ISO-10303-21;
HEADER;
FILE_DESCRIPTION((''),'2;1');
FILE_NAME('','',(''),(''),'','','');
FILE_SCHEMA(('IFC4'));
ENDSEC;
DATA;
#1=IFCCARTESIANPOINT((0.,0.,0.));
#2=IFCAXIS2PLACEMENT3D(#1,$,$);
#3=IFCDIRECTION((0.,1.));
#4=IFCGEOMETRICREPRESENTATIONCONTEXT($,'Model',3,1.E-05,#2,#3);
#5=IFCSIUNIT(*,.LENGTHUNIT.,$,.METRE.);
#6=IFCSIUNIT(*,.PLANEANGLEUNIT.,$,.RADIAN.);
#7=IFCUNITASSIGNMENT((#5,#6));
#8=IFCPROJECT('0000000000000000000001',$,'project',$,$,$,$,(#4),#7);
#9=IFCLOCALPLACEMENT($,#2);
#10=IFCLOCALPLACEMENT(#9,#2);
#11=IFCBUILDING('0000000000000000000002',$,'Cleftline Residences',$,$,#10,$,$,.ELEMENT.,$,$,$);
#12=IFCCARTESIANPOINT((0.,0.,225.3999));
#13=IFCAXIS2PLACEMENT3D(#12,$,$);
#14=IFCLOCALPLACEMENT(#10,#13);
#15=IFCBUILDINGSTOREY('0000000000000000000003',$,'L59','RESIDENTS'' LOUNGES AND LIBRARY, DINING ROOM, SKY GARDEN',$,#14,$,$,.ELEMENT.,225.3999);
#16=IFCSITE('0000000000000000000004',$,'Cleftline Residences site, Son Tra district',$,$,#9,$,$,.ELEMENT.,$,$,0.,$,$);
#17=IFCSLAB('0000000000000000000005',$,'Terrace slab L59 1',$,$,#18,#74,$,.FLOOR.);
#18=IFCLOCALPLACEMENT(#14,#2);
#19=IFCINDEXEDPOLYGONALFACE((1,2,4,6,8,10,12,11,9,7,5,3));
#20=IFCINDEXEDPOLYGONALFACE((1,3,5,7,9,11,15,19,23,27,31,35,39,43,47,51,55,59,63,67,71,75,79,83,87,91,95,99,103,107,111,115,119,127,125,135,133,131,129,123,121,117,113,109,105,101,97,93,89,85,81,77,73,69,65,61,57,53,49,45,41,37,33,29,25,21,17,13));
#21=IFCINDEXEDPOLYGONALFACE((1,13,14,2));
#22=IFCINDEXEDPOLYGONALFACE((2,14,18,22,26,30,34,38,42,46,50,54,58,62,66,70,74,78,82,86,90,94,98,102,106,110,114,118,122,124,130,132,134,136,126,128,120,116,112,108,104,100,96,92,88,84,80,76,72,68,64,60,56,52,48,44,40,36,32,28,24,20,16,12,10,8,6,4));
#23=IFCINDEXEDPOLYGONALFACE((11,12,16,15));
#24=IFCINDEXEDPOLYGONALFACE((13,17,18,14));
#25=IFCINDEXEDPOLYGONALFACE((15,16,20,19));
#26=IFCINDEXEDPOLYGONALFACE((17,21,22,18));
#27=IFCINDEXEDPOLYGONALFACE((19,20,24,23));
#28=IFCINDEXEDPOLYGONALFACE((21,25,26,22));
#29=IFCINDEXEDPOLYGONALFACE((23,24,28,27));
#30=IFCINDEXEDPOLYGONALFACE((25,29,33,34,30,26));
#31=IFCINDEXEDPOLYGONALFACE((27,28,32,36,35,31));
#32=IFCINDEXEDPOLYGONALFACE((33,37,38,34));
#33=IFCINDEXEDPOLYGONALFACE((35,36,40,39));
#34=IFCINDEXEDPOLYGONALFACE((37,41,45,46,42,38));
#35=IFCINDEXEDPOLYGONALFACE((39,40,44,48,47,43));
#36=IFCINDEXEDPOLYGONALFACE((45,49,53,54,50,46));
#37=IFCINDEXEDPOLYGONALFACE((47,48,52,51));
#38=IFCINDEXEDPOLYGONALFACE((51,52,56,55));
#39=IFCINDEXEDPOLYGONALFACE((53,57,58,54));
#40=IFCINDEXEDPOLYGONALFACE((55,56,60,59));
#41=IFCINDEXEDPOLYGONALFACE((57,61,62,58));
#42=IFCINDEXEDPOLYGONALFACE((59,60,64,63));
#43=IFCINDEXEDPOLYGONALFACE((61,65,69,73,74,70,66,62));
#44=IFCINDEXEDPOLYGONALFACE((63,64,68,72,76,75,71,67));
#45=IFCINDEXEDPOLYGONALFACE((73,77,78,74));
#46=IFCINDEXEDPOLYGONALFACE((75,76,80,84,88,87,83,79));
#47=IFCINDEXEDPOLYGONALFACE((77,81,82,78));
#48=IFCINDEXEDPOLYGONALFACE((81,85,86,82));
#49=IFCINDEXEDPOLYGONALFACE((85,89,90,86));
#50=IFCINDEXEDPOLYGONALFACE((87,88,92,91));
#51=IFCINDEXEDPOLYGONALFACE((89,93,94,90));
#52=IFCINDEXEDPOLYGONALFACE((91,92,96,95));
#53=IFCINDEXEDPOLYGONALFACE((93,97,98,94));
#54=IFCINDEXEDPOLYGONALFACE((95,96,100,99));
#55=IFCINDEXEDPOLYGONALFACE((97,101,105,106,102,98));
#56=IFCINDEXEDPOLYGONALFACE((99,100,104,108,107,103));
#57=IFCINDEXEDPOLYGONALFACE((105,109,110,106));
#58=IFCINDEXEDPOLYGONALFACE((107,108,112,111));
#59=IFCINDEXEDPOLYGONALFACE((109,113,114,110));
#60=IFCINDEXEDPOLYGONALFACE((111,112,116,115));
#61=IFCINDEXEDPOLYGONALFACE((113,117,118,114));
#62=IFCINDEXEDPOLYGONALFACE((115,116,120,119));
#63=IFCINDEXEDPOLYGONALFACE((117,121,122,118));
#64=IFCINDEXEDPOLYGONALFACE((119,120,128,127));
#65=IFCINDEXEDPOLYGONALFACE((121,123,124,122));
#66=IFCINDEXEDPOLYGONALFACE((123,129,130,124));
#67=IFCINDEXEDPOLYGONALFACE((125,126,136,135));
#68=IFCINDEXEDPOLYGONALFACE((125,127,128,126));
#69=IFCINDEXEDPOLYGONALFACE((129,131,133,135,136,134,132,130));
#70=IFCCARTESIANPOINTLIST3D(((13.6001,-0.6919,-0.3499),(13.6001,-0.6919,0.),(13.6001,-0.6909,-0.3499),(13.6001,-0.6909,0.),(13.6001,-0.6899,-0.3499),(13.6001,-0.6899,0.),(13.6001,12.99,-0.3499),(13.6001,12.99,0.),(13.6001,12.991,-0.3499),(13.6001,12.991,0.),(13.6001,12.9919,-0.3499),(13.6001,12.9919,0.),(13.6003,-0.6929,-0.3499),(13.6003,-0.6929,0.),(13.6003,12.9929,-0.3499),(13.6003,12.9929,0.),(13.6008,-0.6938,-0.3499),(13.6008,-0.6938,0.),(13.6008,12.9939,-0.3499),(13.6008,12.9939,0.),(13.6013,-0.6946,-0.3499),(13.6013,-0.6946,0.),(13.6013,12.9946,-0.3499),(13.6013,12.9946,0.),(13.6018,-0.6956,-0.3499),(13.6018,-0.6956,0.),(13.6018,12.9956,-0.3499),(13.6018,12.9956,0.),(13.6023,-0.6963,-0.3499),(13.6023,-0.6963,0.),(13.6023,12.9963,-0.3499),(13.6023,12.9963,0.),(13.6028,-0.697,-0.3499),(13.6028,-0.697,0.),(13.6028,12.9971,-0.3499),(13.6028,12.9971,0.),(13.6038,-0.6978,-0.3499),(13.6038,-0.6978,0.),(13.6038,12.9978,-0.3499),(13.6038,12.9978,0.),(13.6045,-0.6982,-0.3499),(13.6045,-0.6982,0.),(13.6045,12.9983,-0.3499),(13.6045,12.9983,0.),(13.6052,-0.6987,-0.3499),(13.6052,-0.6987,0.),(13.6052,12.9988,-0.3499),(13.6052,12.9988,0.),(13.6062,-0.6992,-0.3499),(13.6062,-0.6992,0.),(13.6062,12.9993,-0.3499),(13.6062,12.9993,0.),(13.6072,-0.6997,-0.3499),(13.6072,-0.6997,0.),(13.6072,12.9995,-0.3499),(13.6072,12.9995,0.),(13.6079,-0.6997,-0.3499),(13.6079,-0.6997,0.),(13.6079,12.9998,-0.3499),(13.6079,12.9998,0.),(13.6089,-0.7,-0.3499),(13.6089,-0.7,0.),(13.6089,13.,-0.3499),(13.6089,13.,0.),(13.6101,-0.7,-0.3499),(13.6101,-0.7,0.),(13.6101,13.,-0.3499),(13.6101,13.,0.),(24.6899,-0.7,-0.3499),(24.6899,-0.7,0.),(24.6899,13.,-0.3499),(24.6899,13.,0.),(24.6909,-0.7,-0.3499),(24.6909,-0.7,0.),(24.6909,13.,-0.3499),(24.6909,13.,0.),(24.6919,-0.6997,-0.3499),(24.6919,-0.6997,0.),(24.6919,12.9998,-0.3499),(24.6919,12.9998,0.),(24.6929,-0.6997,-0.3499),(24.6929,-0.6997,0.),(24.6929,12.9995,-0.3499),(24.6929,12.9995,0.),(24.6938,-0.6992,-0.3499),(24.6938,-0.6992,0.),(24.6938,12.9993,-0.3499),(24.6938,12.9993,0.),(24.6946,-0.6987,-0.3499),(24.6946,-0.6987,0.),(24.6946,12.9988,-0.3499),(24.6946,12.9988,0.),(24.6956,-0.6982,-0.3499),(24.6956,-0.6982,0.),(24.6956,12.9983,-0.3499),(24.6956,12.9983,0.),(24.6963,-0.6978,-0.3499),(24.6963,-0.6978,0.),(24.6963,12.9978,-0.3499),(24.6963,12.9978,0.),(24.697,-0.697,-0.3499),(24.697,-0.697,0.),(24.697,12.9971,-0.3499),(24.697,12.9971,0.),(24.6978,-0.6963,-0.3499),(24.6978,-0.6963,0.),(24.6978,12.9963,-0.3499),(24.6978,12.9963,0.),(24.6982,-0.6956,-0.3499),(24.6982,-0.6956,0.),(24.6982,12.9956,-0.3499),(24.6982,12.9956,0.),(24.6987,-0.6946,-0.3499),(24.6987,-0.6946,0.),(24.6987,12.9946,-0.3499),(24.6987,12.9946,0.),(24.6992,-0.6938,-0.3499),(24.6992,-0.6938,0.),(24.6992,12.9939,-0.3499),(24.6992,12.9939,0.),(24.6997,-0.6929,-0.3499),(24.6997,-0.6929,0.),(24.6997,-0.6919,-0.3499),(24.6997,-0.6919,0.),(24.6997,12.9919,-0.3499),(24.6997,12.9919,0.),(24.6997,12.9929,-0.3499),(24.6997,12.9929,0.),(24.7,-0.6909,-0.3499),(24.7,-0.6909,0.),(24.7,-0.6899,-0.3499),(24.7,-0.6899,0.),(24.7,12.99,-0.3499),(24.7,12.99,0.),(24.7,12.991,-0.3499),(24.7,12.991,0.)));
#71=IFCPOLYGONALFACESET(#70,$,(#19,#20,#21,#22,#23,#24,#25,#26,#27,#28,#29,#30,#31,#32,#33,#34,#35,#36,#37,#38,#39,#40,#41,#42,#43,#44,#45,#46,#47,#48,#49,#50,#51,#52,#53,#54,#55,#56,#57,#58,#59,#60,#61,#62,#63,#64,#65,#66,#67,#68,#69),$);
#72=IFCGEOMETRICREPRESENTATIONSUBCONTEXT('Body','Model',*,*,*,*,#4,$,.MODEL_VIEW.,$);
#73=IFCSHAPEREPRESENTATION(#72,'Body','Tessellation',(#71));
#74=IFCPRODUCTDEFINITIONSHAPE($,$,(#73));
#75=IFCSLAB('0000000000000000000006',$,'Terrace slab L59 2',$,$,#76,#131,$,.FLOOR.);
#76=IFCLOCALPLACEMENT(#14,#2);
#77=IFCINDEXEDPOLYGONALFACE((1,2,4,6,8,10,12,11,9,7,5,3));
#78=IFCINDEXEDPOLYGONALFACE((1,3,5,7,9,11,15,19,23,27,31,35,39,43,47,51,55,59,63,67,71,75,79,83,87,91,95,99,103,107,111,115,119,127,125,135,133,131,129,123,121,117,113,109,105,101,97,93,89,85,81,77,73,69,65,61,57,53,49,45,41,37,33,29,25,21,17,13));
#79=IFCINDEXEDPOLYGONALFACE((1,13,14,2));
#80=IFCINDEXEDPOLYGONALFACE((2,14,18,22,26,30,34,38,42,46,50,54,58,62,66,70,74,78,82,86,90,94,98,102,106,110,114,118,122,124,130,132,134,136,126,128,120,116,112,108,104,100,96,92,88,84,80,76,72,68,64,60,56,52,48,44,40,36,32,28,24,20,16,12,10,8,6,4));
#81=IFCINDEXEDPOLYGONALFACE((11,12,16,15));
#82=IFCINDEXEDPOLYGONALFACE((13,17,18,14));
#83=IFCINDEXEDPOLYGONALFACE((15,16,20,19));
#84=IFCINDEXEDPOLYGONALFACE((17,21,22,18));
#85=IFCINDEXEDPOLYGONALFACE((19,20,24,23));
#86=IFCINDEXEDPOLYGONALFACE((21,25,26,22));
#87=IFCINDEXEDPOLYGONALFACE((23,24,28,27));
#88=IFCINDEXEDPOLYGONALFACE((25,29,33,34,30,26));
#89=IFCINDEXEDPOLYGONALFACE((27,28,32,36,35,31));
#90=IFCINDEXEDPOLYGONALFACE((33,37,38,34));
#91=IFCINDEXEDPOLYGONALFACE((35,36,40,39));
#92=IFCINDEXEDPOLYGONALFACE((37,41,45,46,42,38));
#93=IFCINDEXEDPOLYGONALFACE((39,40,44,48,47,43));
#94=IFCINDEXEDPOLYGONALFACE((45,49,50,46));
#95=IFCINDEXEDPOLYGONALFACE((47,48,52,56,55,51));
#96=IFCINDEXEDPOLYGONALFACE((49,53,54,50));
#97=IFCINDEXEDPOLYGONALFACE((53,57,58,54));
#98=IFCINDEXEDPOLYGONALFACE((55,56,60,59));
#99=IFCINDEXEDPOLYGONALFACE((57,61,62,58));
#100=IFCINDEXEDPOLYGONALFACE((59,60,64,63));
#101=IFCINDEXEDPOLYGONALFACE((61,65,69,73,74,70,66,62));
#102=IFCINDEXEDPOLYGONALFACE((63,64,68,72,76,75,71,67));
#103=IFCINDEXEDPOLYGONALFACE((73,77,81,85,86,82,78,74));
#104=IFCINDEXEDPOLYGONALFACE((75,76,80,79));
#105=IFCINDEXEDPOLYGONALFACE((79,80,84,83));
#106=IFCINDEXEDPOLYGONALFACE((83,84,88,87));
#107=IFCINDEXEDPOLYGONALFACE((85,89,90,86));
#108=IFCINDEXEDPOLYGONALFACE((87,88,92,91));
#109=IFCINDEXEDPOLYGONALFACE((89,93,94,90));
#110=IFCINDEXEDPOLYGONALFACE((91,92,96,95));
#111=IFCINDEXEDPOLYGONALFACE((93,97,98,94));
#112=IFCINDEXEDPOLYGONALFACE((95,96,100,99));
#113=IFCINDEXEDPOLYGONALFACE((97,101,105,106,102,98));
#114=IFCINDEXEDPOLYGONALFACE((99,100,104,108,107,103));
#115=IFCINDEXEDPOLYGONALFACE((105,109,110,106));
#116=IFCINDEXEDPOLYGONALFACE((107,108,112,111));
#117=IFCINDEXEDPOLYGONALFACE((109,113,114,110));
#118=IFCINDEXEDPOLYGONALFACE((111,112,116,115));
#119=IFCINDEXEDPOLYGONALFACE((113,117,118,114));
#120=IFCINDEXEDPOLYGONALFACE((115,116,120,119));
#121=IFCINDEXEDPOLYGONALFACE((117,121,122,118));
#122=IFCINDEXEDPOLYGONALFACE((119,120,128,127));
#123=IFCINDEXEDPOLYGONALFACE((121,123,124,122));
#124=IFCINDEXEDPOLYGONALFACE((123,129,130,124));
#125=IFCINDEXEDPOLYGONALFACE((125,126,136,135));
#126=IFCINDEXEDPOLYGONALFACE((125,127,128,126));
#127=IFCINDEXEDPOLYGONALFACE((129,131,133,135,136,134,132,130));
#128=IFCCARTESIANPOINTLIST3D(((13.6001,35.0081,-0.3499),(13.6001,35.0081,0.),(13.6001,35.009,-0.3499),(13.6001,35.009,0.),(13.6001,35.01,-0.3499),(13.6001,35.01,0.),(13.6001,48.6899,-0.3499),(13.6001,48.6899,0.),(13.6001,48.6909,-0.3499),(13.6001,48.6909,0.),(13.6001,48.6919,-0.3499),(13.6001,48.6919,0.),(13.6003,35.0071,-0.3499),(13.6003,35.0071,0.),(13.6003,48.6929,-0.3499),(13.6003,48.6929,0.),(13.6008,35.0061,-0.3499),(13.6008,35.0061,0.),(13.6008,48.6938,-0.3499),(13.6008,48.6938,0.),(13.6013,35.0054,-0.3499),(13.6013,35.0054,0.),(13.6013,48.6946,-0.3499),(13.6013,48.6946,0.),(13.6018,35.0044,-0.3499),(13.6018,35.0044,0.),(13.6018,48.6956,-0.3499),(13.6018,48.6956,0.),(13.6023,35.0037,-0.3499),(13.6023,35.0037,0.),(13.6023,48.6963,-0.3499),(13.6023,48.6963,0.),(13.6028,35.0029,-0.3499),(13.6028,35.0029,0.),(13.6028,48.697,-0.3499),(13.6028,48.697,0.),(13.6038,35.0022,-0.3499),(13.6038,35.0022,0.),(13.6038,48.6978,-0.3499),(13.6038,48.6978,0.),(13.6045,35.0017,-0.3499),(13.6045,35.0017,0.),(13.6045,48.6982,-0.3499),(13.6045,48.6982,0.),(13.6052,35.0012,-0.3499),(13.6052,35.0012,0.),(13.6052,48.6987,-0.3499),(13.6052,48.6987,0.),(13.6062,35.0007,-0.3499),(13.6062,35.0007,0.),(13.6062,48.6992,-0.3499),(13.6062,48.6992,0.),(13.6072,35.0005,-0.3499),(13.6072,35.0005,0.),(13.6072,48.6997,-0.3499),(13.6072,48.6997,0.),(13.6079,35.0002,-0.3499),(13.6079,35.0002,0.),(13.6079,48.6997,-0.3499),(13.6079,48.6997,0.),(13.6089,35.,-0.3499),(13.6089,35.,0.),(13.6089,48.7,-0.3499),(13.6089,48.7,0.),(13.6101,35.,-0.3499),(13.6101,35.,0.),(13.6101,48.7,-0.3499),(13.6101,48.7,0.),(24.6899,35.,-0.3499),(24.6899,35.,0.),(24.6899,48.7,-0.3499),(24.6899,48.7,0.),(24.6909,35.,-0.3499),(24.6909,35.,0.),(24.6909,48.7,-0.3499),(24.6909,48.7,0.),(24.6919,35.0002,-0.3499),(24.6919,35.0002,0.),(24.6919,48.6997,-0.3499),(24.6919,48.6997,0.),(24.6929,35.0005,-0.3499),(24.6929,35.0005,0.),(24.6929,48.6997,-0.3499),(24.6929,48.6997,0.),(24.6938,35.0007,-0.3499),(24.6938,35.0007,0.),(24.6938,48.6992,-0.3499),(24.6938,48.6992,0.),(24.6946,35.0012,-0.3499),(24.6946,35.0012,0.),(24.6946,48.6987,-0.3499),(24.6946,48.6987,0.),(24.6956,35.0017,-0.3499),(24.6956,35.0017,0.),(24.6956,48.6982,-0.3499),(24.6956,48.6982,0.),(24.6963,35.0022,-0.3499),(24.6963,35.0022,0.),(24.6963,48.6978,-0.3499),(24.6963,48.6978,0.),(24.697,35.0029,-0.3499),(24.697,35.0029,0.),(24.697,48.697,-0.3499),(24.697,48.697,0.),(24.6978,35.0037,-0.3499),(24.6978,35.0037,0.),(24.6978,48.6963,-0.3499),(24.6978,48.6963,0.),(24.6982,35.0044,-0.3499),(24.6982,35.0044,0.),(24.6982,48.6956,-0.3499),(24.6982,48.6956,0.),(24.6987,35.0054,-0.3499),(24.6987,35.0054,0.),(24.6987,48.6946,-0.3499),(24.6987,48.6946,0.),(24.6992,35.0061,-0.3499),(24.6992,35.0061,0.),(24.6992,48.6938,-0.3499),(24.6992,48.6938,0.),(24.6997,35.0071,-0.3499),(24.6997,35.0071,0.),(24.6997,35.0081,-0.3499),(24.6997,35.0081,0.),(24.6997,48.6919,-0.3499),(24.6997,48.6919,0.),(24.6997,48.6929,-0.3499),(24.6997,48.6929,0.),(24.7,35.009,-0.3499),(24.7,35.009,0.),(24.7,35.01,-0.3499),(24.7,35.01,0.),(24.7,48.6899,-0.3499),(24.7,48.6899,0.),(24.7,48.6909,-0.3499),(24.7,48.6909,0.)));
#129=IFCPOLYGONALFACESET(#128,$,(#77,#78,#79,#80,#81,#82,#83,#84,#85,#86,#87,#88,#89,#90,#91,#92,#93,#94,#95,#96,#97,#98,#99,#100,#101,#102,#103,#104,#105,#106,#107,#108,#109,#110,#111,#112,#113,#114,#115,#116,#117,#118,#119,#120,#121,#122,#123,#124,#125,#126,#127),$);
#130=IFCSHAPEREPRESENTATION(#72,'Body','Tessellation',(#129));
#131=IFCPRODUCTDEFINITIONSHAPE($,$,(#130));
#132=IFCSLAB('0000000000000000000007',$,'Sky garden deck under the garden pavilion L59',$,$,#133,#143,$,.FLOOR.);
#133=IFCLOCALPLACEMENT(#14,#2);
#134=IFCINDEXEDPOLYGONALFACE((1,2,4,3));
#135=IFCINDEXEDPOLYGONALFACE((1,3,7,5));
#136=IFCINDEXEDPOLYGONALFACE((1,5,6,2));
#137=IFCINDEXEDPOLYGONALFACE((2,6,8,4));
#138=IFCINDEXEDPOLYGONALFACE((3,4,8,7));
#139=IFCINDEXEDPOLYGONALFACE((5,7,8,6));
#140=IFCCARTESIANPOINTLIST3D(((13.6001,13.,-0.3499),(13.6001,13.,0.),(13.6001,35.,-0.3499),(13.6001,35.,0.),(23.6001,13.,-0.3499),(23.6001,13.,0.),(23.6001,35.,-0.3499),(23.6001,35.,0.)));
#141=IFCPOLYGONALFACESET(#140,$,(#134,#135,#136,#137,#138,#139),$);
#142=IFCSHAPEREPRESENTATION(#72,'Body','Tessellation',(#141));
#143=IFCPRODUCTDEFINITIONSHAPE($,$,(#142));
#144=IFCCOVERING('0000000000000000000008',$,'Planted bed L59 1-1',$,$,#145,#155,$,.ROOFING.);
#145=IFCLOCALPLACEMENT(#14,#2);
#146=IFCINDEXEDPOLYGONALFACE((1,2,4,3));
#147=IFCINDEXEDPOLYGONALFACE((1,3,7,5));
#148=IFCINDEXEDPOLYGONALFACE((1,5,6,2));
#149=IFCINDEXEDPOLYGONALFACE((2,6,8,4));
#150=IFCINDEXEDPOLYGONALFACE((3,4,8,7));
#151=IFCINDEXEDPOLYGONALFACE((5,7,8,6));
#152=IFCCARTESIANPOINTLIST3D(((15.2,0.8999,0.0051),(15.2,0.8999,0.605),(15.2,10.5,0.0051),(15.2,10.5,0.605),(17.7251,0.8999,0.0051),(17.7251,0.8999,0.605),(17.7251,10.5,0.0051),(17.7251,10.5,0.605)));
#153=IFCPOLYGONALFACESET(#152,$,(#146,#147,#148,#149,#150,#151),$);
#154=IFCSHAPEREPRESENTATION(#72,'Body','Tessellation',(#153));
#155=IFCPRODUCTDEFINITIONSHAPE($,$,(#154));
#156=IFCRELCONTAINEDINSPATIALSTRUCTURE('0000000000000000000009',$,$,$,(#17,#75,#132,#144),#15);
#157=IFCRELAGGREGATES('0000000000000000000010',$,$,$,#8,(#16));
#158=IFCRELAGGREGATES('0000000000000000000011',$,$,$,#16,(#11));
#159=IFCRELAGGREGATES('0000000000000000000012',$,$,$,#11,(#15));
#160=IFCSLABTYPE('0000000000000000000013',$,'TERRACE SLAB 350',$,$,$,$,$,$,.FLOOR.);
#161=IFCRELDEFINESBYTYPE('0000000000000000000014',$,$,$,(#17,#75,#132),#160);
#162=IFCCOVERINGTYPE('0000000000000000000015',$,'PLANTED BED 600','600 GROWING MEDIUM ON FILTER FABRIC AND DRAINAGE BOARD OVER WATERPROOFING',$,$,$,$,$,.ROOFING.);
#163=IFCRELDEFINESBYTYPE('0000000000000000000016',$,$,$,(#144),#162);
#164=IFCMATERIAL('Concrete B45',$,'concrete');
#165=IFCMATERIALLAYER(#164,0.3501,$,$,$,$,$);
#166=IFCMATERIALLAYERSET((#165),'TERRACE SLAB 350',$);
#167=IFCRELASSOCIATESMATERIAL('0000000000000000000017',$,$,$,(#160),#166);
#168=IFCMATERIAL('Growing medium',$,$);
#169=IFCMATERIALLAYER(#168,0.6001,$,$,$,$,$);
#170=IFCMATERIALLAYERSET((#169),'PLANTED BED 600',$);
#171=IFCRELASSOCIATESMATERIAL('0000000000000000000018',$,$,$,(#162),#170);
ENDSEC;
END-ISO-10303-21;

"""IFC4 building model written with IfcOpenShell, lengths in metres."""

from ifc_helpers import new_model, si_unit, direction, frame, origin, place, context, subcontext, project, spatial, polyline, outline, extrude, material, layer, layer_set, type_object, element, save


model = new_model("IFC4")

# Units and contexts
model_context = context("Model", 3, precision=1e-05, world=origin(), true_north=direction((0.0, 1.0)))
body_context = subcontext(model_context, "Body", "Model", "MODEL_VIEW")
ifc_project = project(units=[si_unit("LENGTHUNIT", "METRE"), si_unit("PLANEANGLEUNIT", "RADIAN")], contexts=[model_context])

# Site, building, storey
site_placement = place(None, origin())
site = spatial("IfcSite", under=ifc_project, at=site_placement, Name="Cleftline Residences site, Son Tra district", CompositionType="ELEMENT", RefElevation=0.0)
building_placement = place(site_placement, origin())
building = spatial("IfcBuilding", under=site, at=building_placement, Name="Cleftline Residences", CompositionType="ELEMENT")
storey_placement = place(building_placement, frame((0.0, 0.0, 225.3999)))
storey = spatial("IfcBuildingStorey", under=building, at=storey_placement, Name="L59", Description="RESIDENTS' LOUNGES AND LIBRARY, DINING ROOM, SKY GARDEN", CompositionType="ELEMENT", Elevation=225.3999)

# Slabs
ifc_material_1 = material(Name="Concrete B45", Category="concrete")
ifc_layer_1 = layer(ifc_material_1, 0.3501)
ifc_layer_set_1 = layer_set([ifc_layer_1], Name="TERRACE SLAB 350")
slab_type_1 = type_object("IfcSlabType", Name="TERRACE SLAB 350", PredefinedType="FLOOR", material=ifc_layer_set_1)
slab_1_placement = place(storey_placement, frame((0.0, 0.0, -0.3499)))
element("IfcSlab", 1, at=slab_1_placement, inside=storey, type_object=slab_type_1, Name="Terrace slab L59 1", PredefinedType="FLOOR", context=body_context, shape_type="SweptSolid", body=[
    extrude(outline(polyline([(24.6899, -0.7), (24.6909, -0.7), (24.6919, -0.6997), (24.6929, -0.6997), (24.6938, -0.6992), (24.6946, -0.6987), (24.6956, -0.6982), (24.6963, -0.6978), (24.697, -0.697), (24.6978, -0.6963), (24.6982, -0.6956), (24.6987, -0.6946), (24.6992, -0.6938), (24.6997, -0.6929), (24.6997, -0.6919), (24.7, -0.6909), (24.7, -0.6899), (24.7, 12.99), (24.7, 12.991), (24.6997, 12.9919), (24.6997, 12.9929), (24.6992, 12.9939), (24.6987, 12.9946), (24.6982, 12.9956), (24.6978, 12.9963), (24.697, 12.9971), (24.6963, 12.9978), (24.6956, 12.9983), (24.6946, 12.9988), (24.6938, 12.9993), (24.6929, 12.9995), (24.6919, 12.9998), (24.6909, 13.0), (24.6899, 13.0), (13.6101, 13.0), (13.6089, 13.0), (13.6079, 12.9998), (13.6072, 12.9995), (13.6062, 12.9993), (13.6052, 12.9988), (13.6045, 12.9983), (13.6038, 12.9978), (13.6028, 12.9971), (13.6023, 12.9963), (13.6018, 12.9956), (13.6013, 12.9946), (13.6008, 12.9939), (13.6003, 12.9929), (13.6001, 12.9919), (13.6001, 12.991), (13.6001, 12.99), (13.6001, -0.6899), (13.6001, -0.6909), (13.6001, -0.6919), (13.6003, -0.6929), (13.6008, -0.6938), (13.6013, -0.6946), (13.6018, -0.6956), (13.6023, -0.6963), (13.6028, -0.697), (13.6038, -0.6978), (13.6045, -0.6982), (13.6052, -0.6987), (13.6062, -0.6992), (13.6072, -0.6997), (13.6079, -0.6997), (13.6089, -0.7), (13.6101, -0.7), (24.6899, -0.7)])), origin(), (0.0, 0.0, 1.0), 0.3499),
])
slab_2_placement = place(storey_placement, frame((0.0, 0.0, -0.3499)))
element("IfcSlab", 2, at=slab_2_placement, inside=storey, type_object=slab_type_1, Name="Terrace slab L59 2", PredefinedType="FLOOR", context=body_context, shape_type="SweptSolid", body=[
    extrude(outline(polyline([(13.6001, 35.01), (13.6001, 35.009), (13.6001, 35.0081), (13.6003, 35.0071), (13.6008, 35.0061), (13.6013, 35.0054), (13.6018, 35.0044), (13.6023, 35.0037), (13.6028, 35.0029), (13.6038, 35.0022), (13.6045, 35.0017), (13.6052, 35.0012), (13.6062, 35.0007), (13.6072, 35.0005), (13.6079, 35.0002), (13.6089, 35.0), (13.6101, 35.0), (24.6899, 35.0), (24.6909, 35.0), (24.6919, 35.0002), (24.6929, 35.0005), (24.6938, 35.0007), (24.6946, 35.0012), (24.6956, 35.0017), (24.6963, 35.0022), (24.697, 35.0029), (24.6978, 35.0037), (24.6982, 35.0044), (24.6987, 35.0054), (24.6992, 35.0061), (24.6997, 35.0071), (24.6997, 35.0081), (24.7, 35.009), (24.7, 35.01), (24.7, 48.6899), (24.7, 48.6909), (24.6997, 48.6919), (24.6997, 48.6929), (24.6992, 48.6938), (24.6987, 48.6946), (24.6982, 48.6956), (24.6978, 48.6963), (24.697, 48.697), (24.6963, 48.6978), (24.6956, 48.6982), (24.6946, 48.6987), (24.6938, 48.6992), (24.6929, 48.6997), (24.6919, 48.6997), (24.6909, 48.7), (24.6899, 48.7), (13.6101, 48.7), (13.6089, 48.7), (13.6079, 48.6997), (13.6072, 48.6997), (13.6062, 48.6992), (13.6052, 48.6987), (13.6045, 48.6982), (13.6038, 48.6978), (13.6028, 48.697), (13.6023, 48.6963), (13.6018, 48.6956), (13.6013, 48.6946), (13.6008, 48.6938), (13.6003, 48.6929), (13.6001, 48.6919), (13.6001, 48.6909), (13.6001, 48.6899), (13.6001, 35.01)])), origin(), (0.0, 0.0, 1.0), 0.3499),
])
slab_3_placement = place(storey_placement, frame((0.0, 0.0, -0.3499)))
element("IfcSlab", 3, at=slab_3_placement, inside=storey, type_object=slab_type_1, Name="Sky garden deck under the garden pavilion L59", PredefinedType="FLOOR", context=body_context, shape_type="SweptSolid", body=[
    extrude(outline(polyline([(13.6001, 13.0), (23.6001, 13.0), (23.6001, 35.0), (13.6001, 35.0), (13.6001, 13.0)])), origin(), (0.0, 0.0, 1.0), 0.3499),
])

# Covering
ifc_material_2 = material(Name="Growing medium")
ifc_layer_2 = layer(ifc_material_2, 0.6001)
ifc_layer_set_2 = layer_set([ifc_layer_2], Name="PLANTED BED 600")
covering_type_1 = type_object("IfcCoveringType", Name="PLANTED BED 600", Description="600 GROWING MEDIUM ON FILTER FABRIC AND DRAINAGE BOARD OVER WATERPROOFING", PredefinedType="ROOFING", material=ifc_layer_set_2)
covering_1_placement = place(storey_placement, frame((0.0, 0.0, 0.0051)))
element("IfcCovering", 4, at=covering_1_placement, inside=storey, type_object=covering_type_1, Name="Planted bed L59 1-1", PredefinedType="ROOFING", context=body_context, shape_type="SweptSolid", body=[
    extrude(outline(polyline([(17.7251, 0.8999), (17.7251, 10.5), (15.2, 10.5), (15.2, 0.8999), (17.7251, 0.8999)])), origin(), (0.0, 0.0, 1.0), 0.5999),
])

save(model, "model.ifc")
